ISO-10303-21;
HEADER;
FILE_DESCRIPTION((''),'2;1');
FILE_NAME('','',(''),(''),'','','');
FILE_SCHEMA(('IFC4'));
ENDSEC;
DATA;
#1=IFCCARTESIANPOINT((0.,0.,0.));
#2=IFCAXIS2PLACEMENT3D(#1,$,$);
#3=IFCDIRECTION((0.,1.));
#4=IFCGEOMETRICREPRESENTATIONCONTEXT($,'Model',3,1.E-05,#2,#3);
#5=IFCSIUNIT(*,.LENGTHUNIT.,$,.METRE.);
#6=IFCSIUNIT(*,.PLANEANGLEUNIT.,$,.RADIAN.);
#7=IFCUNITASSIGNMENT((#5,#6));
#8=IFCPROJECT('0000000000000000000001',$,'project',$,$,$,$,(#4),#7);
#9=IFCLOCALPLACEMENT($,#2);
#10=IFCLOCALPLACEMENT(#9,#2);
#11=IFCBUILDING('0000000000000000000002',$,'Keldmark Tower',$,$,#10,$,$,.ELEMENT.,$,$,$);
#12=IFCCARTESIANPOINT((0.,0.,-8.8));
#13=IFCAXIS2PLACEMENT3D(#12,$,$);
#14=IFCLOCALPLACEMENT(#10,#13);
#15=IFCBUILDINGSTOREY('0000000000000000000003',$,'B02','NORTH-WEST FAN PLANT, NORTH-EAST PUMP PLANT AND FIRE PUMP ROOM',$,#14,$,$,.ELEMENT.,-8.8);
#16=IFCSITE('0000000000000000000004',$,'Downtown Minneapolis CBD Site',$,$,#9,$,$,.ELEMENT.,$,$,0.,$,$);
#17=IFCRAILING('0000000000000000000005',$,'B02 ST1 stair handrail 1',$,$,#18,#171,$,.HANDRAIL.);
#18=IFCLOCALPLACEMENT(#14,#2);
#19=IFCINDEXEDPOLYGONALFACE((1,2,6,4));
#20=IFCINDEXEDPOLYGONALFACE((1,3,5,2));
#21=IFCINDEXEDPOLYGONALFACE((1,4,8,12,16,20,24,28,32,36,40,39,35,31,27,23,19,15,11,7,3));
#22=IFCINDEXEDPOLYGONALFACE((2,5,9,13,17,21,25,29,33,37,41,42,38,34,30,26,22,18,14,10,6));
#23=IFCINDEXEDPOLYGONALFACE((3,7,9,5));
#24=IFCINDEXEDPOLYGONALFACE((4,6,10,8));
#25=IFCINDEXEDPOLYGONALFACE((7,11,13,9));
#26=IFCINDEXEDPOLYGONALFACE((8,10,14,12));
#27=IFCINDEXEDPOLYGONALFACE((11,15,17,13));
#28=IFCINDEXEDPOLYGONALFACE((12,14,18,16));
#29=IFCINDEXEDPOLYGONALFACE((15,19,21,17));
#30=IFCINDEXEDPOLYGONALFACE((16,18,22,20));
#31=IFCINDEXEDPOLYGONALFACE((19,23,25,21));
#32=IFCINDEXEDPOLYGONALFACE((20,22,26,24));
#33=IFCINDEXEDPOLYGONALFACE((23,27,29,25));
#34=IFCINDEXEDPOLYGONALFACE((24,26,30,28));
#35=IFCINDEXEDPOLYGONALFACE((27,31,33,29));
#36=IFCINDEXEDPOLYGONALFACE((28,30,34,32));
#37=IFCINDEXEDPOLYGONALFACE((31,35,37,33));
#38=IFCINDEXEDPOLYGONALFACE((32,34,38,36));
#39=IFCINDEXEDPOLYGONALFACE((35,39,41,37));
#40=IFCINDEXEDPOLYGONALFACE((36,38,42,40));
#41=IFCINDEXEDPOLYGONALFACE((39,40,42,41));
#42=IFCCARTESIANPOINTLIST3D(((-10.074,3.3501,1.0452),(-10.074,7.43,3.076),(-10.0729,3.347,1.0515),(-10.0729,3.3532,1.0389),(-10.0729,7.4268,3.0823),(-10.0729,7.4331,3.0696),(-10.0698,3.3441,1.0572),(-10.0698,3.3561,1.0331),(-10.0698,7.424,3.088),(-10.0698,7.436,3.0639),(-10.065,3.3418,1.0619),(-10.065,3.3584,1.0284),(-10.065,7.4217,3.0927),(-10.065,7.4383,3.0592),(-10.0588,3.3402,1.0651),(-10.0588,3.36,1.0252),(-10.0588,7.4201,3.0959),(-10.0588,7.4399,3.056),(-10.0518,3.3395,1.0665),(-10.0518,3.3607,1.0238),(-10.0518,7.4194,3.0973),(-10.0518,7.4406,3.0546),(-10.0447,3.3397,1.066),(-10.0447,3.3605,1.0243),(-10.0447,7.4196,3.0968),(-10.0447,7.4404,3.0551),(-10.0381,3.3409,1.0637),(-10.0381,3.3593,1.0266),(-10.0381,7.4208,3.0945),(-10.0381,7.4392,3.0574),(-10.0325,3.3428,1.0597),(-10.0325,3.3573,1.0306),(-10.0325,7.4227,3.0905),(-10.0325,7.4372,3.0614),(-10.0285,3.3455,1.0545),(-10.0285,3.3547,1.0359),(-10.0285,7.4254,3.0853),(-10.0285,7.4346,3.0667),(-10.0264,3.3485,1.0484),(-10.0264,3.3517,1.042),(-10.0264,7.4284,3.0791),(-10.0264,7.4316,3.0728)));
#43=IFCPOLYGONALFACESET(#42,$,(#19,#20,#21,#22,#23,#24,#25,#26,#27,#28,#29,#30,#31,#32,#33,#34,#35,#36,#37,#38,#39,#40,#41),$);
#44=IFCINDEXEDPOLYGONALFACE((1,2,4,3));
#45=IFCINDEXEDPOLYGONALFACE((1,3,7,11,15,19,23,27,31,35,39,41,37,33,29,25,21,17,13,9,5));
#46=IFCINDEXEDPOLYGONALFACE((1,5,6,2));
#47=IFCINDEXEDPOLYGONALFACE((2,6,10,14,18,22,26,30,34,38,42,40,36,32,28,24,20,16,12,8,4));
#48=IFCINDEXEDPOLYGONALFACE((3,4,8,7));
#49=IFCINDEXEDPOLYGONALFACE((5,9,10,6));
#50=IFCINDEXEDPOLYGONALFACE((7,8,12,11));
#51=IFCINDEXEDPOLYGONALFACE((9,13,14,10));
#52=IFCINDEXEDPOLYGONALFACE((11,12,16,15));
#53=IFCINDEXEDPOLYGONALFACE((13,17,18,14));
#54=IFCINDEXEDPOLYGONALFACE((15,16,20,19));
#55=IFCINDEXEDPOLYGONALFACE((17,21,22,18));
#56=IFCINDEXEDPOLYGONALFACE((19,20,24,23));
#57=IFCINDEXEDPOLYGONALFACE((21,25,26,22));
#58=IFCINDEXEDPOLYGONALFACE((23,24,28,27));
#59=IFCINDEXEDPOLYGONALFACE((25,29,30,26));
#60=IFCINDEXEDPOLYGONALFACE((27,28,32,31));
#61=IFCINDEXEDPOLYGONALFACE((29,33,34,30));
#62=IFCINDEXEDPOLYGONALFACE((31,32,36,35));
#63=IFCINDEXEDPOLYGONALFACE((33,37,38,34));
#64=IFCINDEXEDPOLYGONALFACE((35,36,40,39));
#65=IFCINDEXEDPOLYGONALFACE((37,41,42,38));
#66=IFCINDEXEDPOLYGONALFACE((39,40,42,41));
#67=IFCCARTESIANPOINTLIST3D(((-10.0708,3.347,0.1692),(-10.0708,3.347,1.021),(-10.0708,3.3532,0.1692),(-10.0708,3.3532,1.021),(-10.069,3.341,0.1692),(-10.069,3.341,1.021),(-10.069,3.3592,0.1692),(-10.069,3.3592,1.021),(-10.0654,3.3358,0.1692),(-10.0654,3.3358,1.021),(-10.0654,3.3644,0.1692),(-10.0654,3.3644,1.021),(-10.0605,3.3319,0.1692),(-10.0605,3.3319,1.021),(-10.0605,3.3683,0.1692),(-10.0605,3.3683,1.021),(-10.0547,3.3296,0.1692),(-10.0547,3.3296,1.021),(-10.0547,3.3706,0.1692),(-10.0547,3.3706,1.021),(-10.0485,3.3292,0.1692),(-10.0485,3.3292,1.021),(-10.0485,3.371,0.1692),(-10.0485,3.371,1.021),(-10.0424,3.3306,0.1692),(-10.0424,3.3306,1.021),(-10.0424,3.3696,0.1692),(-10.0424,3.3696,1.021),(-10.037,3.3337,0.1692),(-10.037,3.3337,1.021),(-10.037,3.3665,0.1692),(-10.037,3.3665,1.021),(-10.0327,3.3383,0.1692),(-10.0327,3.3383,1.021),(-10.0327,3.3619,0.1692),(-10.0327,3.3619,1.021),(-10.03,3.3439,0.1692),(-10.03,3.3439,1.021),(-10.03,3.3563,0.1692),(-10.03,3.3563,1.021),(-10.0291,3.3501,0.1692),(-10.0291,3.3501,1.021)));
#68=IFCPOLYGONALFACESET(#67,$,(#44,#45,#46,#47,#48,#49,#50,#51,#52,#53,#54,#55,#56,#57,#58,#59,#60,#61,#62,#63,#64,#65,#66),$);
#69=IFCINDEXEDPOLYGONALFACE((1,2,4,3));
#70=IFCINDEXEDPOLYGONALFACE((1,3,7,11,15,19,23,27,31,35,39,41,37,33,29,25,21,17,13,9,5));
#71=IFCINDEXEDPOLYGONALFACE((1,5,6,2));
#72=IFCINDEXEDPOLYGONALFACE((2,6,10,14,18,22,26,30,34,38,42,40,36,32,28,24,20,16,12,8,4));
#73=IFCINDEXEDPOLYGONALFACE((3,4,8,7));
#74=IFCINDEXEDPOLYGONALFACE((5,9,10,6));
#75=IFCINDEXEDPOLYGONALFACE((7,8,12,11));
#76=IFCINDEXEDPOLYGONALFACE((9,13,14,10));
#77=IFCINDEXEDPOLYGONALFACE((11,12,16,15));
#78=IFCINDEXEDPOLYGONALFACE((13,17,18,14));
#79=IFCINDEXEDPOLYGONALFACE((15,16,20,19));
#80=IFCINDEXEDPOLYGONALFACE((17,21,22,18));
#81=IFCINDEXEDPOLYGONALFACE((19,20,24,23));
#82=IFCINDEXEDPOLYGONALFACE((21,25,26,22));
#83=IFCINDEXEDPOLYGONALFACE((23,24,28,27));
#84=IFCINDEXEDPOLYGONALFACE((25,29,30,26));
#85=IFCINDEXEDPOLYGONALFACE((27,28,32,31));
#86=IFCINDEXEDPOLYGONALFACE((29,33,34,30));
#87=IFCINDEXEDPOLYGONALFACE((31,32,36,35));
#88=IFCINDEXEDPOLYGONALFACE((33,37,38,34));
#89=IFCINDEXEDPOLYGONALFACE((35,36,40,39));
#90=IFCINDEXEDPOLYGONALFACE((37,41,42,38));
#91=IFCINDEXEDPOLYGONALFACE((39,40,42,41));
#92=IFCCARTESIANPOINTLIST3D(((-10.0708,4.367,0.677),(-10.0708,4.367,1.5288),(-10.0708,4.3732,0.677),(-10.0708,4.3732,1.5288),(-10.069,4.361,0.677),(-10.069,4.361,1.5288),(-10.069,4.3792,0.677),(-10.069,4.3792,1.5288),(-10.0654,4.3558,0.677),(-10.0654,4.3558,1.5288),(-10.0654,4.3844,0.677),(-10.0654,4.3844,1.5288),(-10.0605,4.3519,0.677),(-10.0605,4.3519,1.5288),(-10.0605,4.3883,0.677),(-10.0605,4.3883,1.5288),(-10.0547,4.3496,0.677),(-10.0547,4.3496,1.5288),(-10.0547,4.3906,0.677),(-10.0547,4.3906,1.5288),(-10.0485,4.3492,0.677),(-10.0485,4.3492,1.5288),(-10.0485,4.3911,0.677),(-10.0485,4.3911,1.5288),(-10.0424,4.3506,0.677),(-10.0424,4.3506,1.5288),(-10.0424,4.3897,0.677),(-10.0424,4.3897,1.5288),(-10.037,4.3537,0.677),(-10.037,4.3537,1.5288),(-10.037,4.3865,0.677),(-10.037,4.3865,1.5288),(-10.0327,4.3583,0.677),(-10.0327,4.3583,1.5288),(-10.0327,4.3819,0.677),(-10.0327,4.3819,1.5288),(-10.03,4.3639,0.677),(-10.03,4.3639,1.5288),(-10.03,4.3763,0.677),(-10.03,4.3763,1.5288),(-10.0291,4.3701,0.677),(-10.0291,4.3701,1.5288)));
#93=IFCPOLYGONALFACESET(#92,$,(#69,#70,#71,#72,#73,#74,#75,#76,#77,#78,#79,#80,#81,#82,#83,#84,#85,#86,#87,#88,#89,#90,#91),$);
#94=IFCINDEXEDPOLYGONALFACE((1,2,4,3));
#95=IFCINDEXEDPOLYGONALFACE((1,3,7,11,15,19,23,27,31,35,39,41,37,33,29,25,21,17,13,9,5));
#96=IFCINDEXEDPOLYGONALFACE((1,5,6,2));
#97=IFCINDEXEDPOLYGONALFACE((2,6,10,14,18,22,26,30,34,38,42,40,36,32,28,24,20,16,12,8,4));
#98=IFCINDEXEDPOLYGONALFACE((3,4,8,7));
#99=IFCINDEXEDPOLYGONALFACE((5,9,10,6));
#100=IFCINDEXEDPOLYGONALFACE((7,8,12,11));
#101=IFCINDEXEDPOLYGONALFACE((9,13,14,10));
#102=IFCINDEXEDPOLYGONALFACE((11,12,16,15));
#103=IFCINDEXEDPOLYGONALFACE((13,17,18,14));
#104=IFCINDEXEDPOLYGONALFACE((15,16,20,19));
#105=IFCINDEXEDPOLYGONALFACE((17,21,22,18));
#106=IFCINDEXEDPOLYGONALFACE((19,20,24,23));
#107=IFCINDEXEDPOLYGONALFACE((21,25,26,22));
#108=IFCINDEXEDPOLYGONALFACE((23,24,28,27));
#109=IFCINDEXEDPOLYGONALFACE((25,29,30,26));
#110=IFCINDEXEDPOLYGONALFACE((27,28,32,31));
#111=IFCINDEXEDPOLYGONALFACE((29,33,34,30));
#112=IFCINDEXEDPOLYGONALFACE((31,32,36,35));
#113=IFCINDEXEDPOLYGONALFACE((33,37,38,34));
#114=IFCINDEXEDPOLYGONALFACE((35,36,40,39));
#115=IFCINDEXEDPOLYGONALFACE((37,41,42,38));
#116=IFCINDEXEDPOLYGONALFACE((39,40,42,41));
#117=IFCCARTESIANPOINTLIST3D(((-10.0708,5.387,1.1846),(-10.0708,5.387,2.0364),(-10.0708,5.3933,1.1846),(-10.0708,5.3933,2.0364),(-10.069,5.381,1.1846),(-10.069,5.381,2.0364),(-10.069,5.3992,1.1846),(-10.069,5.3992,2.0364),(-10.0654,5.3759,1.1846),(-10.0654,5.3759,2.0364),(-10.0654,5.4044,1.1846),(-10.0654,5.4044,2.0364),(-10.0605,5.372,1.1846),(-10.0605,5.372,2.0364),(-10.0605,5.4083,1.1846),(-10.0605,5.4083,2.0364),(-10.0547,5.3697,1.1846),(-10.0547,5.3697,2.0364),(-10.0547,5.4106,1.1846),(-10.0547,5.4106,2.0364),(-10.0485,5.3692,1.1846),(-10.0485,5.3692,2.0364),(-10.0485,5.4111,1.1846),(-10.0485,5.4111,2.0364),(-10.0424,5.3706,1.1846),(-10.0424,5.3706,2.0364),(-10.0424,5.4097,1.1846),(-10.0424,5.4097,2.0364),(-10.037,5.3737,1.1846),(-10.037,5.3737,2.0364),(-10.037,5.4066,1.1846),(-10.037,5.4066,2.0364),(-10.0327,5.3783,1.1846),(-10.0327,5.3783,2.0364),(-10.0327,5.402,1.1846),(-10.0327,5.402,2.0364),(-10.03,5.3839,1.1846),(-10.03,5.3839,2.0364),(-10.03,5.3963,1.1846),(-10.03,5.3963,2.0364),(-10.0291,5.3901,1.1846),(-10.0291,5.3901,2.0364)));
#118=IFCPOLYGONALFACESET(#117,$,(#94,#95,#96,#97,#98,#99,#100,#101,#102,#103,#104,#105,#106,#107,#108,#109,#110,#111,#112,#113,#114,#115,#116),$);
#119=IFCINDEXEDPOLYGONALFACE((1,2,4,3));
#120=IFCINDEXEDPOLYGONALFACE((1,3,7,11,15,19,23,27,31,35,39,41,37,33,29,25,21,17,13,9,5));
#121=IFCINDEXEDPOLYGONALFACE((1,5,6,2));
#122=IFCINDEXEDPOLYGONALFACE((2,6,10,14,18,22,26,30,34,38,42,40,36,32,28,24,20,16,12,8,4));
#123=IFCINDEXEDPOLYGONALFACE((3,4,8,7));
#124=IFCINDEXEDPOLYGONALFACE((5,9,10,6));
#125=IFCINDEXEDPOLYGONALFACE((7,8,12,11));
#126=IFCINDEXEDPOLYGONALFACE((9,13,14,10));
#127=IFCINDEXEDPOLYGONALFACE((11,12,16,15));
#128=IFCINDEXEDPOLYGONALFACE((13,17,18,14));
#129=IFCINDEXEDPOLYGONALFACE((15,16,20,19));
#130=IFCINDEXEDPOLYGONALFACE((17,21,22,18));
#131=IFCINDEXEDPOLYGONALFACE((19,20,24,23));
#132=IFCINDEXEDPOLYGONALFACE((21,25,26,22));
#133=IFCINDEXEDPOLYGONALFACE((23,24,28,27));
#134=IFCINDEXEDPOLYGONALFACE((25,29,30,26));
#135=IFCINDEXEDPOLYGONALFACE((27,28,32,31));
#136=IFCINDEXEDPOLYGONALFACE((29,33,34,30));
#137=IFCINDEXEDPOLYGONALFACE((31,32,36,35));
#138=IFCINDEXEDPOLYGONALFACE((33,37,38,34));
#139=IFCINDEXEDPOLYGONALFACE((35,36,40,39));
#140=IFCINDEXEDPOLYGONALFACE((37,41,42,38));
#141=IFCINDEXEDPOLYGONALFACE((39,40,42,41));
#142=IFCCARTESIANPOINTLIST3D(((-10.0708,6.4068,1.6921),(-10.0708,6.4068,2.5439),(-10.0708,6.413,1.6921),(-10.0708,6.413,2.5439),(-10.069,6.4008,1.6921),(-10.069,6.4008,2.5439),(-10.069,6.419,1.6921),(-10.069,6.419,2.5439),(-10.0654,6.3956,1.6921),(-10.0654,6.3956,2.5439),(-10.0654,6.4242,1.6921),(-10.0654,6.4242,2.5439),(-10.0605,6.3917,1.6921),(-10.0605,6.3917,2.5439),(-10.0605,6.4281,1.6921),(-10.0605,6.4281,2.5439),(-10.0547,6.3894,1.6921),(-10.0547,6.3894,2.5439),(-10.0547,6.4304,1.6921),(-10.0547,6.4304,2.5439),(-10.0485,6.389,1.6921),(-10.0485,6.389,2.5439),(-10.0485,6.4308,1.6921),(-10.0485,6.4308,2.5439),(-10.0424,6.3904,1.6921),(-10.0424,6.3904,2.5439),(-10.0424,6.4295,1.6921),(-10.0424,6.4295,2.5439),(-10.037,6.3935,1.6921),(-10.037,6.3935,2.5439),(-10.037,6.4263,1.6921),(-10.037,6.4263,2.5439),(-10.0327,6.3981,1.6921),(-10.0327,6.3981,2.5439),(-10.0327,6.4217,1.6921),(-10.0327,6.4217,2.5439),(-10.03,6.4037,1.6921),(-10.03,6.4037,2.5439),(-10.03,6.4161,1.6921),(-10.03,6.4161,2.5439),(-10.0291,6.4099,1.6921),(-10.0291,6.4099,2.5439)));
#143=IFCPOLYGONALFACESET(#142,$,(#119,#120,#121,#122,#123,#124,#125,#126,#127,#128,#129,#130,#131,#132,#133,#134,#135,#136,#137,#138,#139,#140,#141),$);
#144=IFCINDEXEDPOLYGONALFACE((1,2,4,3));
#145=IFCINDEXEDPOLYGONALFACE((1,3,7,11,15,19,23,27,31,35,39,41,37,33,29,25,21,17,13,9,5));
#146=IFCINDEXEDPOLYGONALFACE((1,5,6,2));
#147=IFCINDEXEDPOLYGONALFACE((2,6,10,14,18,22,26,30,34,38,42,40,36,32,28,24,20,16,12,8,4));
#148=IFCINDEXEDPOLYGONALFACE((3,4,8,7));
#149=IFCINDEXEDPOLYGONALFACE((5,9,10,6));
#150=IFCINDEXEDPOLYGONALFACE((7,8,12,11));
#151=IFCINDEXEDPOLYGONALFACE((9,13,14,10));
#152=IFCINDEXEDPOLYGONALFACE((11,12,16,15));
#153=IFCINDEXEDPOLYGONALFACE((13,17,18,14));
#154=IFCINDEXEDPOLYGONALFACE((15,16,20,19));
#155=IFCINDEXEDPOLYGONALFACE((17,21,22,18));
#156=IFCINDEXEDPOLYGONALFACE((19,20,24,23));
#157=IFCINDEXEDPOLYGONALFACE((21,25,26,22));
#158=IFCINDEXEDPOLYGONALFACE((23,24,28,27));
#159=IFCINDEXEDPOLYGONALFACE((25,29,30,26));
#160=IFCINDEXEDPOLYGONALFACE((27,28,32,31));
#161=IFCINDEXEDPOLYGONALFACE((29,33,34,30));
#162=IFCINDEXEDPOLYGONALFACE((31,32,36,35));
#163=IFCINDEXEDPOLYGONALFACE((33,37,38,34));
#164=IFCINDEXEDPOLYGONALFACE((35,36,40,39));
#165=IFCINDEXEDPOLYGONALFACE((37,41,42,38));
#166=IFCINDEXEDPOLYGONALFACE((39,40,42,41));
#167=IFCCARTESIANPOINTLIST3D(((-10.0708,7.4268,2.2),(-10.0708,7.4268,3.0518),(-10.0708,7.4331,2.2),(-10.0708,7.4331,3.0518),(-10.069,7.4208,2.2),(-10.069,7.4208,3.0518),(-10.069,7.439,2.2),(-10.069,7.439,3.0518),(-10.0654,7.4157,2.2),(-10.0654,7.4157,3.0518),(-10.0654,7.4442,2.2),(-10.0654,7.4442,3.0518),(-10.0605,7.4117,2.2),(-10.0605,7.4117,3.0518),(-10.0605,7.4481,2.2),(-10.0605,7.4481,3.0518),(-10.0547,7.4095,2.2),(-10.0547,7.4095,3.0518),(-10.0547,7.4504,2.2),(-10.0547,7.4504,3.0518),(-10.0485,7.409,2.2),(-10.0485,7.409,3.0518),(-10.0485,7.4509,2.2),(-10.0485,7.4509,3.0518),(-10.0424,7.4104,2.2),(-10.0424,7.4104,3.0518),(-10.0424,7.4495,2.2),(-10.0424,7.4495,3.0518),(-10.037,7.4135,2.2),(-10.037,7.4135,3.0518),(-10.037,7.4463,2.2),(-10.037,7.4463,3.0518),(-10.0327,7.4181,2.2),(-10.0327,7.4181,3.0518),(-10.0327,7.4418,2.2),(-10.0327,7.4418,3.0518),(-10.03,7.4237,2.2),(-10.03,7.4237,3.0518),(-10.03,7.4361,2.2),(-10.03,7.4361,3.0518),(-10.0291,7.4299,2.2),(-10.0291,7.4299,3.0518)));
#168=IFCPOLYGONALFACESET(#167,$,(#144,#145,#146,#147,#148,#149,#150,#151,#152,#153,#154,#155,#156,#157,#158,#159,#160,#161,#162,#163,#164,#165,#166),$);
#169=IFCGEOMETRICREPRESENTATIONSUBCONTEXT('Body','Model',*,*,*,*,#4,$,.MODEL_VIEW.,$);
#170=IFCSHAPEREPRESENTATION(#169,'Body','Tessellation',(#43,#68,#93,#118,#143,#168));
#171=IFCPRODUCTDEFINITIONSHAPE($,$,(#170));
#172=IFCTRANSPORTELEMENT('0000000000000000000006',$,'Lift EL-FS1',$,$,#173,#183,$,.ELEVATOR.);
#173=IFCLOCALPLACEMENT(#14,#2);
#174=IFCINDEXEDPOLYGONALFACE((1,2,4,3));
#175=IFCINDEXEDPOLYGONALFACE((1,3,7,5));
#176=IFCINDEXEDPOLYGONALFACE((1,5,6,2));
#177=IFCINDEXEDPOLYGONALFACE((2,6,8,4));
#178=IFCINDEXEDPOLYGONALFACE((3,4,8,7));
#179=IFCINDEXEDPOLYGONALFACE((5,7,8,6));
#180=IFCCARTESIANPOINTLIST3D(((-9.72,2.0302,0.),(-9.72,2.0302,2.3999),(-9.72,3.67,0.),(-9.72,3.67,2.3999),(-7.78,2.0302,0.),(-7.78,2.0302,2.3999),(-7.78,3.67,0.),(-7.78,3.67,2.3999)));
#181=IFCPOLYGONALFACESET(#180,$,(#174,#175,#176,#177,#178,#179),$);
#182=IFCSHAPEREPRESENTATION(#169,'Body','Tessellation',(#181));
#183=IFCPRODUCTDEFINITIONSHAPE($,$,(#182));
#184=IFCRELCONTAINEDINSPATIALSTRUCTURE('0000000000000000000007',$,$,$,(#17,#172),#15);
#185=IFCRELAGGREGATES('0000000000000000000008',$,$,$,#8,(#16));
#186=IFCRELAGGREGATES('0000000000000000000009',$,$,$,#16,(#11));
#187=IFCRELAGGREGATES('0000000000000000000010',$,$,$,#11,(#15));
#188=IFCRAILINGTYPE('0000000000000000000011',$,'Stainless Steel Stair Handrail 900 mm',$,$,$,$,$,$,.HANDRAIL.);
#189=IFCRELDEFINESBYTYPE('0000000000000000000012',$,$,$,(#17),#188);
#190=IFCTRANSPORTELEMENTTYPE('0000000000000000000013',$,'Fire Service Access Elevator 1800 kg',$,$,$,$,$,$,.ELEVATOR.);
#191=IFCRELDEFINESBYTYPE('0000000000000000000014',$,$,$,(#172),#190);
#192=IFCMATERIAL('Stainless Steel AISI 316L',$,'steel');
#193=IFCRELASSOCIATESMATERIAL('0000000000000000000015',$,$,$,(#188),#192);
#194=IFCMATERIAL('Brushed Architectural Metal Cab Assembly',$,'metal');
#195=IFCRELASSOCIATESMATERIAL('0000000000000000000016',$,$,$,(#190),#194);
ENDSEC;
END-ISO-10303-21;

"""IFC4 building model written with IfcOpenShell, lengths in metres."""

from ifc_helpers import new_model, si_unit, direction, frame, origin, origin_2d, place, context, subcontext, project, spatial, rectangle, circle, extrude, material, type_object, element, save


model = new_model("IFC4")

# Units and contexts
model_context = context("Model", 3, precision=1e-05, world=origin(), true_north=direction((0.0, 1.0)))
body_context = subcontext(model_context, "Body", "Model", "MODEL_VIEW")
ifc_project = project(units=[si_unit("LENGTHUNIT", "METRE"), si_unit("PLANEANGLEUNIT", "RADIAN")], contexts=[model_context])

# Site, building, storey
site_placement = place(None, origin())
site = spatial("IfcSite", under=ifc_project, at=site_placement, Name="Downtown Minneapolis CBD Site", CompositionType="ELEMENT", RefElevation=0.0)
building_placement = place(site_placement, origin())
building = spatial("IfcBuilding", under=site, at=building_placement, Name="Keldmark Tower", CompositionType="ELEMENT")
storey_placement = place(building_placement, frame((0.0, 0.0, -8.8)))
storey = spatial("IfcBuildingStorey", under=building, at=storey_placement, Name="B02", Description="NORTH-WEST FAN PLANT, NORTH-EAST PUMP PLANT AND FIRE PUMP ROOM", CompositionType="ELEMENT", Elevation=-8.8)

# Railing
ifc_material_1 = material(Name="Stainless Steel AISI 316L", Category="steel")
railing_type = type_object("IfcRailingType", Name="Stainless Steel Stair Handrail 900 mm", PredefinedType="HANDRAIL", material=ifc_material_1)
railing_placement = place(storey_placement, frame((-10.05, 3.3501, 0.1692)))
element("IfcRailing", 1, at=railing_placement, inside=storey, type_object=railing_type, Name="B02 ST1 stair handrail 1", PredefinedType="HANDRAIL", context=body_context, shape_type="SweptSolid", body=[
    extrude(circle(Radius=0.0239, at=origin_2d()), frame((0.0, 0.0, 0.876), z_axis=(0.0, 0.895229, 0.445606), x_axis=(-1.0, 0.0, 0.0)), (0.0, 0.0, 1.0), 4.5574),
    extrude(circle(Radius=0.021, at=origin_2d()), origin(), (0.0, 0.0, 1.0), 0.8518),
    extrude(circle(Radius=0.021, at=origin_2d()), frame((0.0, 1.02, 0.5078)), (0.0, 0.0, 1.0), 0.8518),
    extrude(circle(Radius=0.021, at=origin_2d()), frame((0.0, 2.04, 1.0154)), (0.0, 0.0, 1.0), 0.8518),
    extrude(circle(Radius=0.021, at=origin_2d()), frame((0.0, 3.0598, 1.5229)), (0.0, 0.0, 1.0), 0.8518),
    extrude(circle(Radius=0.021, at=origin_2d()), frame((0.0, 4.0798, 2.0308)), (0.0, 0.0, 1.0), 0.8518),
])

# Transport element
ifc_material_2 = material(Name="Brushed Architectural Metal Cab Assembly", Category="metal")
transport_element_type = type_object("IfcTransportElementType", Name="Fire Service Access Elevator 1800 kg", PredefinedType="ELEVATOR", material=ifc_material_2)
transport_element_placement = place(storey_placement, frame((-8.75, 2.8501, 0.0), z_axis=(0.0, 0.0, 1.0), x_axis=(1.0, 0.0, 0.0)))
element("IfcTransportElement", 2, at=transport_element_placement, inside=storey, type_object=transport_element_type, Name="Lift EL-FS1", PredefinedType="ELEVATOR", context=body_context, shape_type="SweptSolid", body=[
    extrude(rectangle(XDim=1.9399, YDim=1.6399, at=origin_2d()), origin(), (0.0, 0.0, 1.0), 2.3999),
])

save(model, "model.ifc")
